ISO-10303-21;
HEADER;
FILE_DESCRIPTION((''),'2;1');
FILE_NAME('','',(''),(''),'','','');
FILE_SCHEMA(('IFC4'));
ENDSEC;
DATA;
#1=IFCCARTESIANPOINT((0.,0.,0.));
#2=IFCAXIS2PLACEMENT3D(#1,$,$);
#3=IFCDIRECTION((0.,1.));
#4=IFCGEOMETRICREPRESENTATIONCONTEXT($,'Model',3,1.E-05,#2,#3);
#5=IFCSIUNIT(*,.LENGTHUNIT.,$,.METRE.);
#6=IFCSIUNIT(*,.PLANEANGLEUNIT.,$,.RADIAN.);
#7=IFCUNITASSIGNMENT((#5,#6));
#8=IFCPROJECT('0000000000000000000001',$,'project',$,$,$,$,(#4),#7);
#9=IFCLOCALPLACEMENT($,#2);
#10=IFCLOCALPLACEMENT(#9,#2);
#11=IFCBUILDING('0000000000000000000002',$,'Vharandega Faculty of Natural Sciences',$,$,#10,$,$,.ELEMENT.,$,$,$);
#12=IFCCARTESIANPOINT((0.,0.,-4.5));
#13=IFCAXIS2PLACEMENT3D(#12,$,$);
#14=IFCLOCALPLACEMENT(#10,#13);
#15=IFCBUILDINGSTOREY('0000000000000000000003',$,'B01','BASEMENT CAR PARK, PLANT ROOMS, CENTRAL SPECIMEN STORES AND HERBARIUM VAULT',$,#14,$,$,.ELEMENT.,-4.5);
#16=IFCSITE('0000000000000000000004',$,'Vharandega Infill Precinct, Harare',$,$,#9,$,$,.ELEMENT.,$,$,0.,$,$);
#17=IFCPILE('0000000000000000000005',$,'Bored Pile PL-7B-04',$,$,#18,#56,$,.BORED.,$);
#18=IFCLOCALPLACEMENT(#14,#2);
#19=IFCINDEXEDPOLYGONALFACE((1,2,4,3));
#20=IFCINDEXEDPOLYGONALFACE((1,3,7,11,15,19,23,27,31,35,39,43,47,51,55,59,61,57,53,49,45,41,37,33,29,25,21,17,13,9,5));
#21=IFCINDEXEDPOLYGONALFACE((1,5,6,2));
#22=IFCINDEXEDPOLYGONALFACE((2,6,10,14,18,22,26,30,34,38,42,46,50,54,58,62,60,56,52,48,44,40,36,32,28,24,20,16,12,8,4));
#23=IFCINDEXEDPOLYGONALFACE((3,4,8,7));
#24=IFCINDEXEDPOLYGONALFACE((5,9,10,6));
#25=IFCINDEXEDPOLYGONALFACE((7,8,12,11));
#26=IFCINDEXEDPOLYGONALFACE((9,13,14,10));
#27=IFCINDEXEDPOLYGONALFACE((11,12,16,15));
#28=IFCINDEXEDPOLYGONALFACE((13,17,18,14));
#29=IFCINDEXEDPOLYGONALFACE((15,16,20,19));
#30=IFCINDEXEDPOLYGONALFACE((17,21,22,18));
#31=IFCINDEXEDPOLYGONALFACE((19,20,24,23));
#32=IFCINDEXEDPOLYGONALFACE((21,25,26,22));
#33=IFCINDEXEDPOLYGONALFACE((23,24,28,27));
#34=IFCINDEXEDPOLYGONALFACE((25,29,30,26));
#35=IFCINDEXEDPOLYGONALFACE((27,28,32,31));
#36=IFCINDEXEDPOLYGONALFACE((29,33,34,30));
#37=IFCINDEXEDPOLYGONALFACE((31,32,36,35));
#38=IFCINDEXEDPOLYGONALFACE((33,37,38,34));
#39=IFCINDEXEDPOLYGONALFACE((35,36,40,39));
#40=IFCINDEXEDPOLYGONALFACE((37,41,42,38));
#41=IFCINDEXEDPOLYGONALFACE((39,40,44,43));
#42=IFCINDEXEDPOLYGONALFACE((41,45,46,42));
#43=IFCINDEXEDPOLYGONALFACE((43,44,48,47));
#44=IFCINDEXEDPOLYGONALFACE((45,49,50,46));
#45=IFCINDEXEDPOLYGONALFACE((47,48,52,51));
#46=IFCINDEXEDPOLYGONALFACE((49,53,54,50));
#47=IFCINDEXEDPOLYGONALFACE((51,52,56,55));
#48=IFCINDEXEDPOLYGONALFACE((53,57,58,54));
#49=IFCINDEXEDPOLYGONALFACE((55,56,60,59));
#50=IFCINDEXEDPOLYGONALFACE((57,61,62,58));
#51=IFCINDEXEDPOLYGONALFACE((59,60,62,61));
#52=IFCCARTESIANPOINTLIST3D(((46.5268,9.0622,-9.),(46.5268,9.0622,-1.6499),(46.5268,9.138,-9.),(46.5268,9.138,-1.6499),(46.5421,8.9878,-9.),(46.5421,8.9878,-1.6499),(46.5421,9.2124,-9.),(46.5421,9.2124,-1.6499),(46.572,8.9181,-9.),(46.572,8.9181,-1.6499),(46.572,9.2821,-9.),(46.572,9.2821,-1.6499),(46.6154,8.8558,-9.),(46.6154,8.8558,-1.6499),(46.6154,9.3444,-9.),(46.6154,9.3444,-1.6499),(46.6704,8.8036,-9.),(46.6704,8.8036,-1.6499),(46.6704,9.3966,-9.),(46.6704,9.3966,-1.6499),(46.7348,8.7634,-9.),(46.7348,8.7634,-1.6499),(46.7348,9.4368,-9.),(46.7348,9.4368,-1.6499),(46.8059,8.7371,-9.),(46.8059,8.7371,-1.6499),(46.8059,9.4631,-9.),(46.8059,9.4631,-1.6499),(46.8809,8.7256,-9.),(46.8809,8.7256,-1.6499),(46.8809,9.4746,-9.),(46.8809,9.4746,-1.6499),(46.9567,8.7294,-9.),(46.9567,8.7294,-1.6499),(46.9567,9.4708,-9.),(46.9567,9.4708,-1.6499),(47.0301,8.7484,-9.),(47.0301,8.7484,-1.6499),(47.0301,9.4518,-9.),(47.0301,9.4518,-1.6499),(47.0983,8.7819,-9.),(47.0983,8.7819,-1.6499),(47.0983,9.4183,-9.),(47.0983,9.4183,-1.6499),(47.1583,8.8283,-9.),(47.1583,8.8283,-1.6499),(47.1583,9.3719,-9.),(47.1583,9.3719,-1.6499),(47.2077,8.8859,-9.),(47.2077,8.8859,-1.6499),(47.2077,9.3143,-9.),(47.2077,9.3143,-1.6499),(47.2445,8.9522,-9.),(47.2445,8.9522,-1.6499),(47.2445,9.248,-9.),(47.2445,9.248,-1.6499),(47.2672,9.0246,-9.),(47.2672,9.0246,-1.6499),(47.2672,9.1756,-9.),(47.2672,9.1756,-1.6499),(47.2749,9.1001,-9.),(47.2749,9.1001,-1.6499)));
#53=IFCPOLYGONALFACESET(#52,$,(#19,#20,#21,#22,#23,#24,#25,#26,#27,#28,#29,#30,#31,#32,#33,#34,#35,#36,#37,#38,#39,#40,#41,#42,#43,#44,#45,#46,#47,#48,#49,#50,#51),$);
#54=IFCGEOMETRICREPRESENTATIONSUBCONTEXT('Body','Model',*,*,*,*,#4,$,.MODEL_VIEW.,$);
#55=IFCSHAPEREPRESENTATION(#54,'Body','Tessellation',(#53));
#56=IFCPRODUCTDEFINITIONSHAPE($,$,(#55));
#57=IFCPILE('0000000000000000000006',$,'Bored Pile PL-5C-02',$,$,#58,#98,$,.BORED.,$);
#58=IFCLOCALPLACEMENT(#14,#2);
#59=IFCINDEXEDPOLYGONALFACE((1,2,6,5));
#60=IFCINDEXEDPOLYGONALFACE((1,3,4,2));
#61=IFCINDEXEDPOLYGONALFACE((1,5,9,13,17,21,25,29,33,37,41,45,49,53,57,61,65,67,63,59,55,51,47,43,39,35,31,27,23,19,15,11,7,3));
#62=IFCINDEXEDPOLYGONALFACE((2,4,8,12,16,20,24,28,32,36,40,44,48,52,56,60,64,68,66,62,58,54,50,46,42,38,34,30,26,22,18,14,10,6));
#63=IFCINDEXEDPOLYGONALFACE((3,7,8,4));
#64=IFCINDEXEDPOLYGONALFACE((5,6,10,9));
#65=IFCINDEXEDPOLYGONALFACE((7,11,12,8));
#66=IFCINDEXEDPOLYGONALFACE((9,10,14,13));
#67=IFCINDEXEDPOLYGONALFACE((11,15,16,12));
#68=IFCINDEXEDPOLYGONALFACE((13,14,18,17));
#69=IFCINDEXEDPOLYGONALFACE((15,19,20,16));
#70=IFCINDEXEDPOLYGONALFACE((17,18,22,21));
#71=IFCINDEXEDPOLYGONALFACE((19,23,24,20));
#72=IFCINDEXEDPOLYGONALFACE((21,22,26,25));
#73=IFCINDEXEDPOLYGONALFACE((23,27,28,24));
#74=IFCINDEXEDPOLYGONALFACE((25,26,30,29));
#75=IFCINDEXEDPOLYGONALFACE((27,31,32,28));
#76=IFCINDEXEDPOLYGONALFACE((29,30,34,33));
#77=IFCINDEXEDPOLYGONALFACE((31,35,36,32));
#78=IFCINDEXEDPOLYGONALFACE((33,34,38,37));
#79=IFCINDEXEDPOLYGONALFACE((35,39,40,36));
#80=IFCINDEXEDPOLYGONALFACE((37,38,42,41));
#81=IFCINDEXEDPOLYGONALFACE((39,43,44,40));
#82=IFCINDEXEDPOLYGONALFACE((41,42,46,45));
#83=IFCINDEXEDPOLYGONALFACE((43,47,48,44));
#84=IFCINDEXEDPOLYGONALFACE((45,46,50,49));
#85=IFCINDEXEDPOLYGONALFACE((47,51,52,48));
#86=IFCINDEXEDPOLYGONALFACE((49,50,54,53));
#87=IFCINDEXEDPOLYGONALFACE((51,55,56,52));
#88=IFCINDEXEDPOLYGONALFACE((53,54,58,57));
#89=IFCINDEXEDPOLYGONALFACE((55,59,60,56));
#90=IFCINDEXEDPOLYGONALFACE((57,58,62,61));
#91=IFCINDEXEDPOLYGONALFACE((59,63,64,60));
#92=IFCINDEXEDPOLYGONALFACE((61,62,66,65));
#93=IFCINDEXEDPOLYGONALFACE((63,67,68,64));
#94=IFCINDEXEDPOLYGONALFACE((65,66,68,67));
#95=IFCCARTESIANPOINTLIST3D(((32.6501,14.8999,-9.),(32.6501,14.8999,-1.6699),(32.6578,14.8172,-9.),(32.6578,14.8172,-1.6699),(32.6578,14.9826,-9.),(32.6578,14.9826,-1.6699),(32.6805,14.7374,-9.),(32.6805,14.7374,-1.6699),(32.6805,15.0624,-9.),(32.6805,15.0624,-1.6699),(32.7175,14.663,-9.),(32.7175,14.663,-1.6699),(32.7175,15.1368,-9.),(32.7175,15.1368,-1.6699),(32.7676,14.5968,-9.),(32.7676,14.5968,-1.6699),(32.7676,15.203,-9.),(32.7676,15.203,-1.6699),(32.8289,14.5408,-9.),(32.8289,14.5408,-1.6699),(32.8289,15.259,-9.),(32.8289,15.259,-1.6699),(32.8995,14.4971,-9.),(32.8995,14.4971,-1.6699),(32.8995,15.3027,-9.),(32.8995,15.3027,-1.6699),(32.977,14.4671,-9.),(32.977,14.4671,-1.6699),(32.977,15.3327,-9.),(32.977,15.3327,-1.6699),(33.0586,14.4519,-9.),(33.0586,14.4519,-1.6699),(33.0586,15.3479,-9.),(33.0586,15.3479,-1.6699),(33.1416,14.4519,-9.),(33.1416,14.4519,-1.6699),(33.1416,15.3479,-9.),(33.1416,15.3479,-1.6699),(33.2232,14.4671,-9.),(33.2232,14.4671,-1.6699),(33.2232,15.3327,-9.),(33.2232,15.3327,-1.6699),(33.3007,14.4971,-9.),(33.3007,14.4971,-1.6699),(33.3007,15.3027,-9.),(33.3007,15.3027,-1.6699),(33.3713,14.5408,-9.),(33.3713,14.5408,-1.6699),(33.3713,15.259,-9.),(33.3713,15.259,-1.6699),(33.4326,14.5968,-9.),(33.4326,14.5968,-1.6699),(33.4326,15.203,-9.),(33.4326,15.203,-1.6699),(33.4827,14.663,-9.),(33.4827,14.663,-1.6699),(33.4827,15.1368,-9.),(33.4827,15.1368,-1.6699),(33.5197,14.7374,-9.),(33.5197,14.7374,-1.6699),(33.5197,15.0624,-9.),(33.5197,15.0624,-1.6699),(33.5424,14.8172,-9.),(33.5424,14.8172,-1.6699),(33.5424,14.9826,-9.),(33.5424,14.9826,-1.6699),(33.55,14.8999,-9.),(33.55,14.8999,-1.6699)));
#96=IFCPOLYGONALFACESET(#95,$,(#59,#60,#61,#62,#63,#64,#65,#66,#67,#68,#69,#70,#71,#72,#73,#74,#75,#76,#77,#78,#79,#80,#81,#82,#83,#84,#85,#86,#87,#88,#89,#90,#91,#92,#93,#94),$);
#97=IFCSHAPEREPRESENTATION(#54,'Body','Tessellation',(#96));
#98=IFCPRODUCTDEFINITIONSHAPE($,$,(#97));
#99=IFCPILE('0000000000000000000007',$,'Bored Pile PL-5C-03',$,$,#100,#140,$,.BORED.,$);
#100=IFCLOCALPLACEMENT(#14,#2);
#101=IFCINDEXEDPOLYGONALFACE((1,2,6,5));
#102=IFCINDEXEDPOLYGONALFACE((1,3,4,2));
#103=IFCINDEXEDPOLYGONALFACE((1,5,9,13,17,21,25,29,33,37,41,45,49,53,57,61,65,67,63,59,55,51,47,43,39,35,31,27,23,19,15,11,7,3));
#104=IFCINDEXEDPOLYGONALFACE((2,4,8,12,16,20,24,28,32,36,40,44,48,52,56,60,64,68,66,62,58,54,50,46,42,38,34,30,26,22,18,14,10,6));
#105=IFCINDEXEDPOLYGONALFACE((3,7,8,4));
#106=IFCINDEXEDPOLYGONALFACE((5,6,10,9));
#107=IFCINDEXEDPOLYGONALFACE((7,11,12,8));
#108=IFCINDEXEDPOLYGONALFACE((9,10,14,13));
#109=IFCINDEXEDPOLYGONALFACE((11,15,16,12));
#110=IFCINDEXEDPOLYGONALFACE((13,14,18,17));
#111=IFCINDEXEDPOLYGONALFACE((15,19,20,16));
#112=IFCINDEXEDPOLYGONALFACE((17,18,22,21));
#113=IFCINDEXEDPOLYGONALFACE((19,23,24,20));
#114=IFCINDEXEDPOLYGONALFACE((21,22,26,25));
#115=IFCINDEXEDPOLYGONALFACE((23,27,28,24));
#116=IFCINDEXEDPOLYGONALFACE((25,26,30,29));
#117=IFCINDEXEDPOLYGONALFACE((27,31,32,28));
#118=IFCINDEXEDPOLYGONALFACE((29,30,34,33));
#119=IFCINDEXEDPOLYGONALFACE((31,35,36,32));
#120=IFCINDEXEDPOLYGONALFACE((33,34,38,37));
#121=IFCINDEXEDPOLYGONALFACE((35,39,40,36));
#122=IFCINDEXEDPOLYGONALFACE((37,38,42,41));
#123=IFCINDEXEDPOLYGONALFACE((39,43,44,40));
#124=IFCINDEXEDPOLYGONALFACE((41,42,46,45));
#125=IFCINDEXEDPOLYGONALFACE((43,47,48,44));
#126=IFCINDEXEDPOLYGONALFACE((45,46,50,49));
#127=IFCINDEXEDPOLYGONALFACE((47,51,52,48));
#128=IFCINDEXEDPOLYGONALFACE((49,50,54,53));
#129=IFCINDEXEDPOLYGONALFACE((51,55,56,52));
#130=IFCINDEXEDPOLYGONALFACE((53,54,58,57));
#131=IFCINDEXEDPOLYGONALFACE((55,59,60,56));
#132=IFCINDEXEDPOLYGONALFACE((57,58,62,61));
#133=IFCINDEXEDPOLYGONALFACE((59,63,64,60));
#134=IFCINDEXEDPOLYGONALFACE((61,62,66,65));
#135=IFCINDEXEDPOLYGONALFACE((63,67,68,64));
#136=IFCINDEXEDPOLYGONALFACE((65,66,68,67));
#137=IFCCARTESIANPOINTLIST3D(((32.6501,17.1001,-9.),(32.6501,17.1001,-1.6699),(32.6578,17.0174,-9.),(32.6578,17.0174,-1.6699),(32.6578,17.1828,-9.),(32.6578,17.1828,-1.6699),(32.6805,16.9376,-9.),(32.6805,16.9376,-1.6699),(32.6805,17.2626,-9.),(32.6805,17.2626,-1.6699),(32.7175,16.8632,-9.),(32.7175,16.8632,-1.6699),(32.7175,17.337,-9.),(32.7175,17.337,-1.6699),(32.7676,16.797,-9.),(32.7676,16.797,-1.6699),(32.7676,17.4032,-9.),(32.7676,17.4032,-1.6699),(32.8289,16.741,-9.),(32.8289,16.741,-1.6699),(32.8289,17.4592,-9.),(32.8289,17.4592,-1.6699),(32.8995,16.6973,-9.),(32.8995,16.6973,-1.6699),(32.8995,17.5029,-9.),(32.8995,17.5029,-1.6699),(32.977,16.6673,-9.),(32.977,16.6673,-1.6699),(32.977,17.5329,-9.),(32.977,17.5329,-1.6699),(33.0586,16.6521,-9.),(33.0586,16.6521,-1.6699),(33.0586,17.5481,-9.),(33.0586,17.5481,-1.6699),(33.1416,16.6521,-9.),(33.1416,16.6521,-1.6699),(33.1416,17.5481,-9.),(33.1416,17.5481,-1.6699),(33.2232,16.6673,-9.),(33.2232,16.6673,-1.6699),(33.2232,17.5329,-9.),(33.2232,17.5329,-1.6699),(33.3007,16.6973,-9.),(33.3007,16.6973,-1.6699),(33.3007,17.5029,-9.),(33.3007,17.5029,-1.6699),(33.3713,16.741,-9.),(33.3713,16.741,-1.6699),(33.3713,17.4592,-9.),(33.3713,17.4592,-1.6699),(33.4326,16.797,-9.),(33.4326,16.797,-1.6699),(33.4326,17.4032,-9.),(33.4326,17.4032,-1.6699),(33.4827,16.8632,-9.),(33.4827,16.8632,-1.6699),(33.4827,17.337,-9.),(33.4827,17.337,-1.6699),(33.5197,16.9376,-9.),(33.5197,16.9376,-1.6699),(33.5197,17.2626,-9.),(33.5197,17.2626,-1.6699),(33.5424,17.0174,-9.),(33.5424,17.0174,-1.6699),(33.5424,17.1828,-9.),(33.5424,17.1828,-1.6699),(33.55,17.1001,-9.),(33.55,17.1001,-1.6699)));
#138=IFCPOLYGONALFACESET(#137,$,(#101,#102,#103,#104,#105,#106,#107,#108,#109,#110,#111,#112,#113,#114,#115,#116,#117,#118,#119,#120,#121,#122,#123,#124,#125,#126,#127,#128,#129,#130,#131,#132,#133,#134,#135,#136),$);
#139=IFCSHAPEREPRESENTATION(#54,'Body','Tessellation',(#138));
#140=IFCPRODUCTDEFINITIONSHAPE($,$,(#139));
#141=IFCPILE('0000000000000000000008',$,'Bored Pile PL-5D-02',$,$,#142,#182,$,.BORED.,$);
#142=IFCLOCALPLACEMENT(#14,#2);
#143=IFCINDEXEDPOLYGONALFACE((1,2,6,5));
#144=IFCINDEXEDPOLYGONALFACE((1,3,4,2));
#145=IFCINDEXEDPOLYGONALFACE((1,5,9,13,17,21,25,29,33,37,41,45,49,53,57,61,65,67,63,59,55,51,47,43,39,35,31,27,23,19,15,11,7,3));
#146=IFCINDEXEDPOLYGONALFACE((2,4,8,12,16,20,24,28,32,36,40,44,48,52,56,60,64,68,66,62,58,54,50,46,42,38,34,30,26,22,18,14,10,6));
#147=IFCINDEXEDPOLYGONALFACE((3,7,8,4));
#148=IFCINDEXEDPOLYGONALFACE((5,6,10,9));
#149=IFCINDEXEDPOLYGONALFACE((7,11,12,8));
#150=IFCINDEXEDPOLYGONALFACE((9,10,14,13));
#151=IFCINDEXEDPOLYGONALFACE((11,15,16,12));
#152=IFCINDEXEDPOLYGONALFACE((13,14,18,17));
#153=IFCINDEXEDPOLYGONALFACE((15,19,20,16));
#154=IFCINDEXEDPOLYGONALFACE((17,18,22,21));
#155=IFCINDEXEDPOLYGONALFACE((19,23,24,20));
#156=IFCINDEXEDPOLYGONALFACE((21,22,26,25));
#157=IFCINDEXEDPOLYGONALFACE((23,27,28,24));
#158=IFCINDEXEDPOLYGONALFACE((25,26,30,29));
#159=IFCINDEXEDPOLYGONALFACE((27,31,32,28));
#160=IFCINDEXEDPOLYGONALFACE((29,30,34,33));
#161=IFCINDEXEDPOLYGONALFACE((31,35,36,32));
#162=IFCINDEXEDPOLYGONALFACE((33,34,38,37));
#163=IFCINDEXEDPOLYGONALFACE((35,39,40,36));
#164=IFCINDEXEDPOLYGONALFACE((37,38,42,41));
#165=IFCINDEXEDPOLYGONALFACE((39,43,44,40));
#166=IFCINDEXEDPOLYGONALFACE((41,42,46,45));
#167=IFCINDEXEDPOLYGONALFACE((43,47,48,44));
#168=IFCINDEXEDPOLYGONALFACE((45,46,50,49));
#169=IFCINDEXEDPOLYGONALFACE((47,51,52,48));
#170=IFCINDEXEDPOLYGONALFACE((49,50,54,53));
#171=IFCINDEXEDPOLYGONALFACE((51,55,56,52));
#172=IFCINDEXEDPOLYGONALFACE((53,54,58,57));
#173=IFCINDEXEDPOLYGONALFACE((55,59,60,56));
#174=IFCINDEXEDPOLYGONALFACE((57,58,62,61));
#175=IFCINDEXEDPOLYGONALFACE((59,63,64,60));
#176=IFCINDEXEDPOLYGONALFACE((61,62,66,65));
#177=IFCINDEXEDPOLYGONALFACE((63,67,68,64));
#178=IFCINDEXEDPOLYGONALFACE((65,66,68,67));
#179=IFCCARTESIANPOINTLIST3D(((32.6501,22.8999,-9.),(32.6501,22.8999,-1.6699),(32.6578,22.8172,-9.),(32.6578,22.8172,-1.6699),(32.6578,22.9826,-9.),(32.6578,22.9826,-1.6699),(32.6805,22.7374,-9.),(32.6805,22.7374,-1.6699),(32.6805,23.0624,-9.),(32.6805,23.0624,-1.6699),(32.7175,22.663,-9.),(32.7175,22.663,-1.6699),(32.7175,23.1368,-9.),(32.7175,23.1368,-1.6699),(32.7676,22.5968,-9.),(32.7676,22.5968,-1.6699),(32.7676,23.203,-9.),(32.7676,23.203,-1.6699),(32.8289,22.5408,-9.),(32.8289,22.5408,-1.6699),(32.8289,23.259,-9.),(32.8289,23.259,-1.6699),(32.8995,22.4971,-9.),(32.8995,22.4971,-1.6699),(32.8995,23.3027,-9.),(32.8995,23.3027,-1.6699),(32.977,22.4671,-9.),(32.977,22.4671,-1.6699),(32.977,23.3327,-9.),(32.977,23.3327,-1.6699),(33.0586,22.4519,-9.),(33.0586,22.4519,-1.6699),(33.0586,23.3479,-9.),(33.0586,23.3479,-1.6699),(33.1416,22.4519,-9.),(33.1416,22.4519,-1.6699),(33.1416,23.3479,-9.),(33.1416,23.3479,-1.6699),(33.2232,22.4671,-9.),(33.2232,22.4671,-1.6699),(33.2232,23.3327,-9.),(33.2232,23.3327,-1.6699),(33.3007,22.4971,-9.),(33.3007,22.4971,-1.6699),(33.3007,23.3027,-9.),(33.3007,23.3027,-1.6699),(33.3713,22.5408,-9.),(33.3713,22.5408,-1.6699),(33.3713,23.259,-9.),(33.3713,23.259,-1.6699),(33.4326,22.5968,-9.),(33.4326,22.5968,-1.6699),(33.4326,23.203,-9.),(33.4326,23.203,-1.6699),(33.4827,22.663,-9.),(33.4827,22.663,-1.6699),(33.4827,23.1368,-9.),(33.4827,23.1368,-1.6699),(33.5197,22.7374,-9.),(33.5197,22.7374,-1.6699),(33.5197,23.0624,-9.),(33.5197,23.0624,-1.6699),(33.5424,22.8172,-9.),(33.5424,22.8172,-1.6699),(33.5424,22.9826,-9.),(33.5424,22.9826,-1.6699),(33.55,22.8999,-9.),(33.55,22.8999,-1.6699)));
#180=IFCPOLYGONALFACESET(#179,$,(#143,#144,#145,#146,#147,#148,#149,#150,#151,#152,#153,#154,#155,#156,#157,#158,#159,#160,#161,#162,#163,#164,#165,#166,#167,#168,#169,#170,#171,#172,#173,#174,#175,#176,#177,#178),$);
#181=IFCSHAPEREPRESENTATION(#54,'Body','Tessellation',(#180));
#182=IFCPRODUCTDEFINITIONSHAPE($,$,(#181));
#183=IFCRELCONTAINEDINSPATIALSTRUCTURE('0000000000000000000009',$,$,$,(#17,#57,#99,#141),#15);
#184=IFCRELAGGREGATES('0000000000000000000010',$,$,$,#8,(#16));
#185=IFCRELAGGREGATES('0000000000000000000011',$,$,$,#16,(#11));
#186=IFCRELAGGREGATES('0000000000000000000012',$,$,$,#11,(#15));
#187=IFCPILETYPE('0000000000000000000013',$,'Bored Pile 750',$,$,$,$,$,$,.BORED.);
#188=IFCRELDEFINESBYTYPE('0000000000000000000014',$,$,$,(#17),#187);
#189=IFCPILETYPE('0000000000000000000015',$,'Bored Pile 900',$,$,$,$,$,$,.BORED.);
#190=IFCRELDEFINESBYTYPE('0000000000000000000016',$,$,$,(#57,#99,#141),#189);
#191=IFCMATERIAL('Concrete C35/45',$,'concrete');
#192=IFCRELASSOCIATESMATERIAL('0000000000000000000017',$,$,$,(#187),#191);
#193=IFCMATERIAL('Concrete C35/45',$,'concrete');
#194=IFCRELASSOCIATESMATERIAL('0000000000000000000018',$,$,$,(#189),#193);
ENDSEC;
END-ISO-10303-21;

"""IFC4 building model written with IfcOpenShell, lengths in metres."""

from ifc_helpers import new_model, si_unit, direction, frame, origin, origin_2d, place, context, subcontext, project, spatial, circle, extrude, material, material_profile, profile_set, type_object, element, save


model = new_model("IFC4")

# Units and contexts
model_context = context("Model", 3, precision=1e-05, world=origin(), true_north=direction((0.0, 1.0)))
body_context = subcontext(model_context, "Body", "Model", "MODEL_VIEW")
ifc_project = project(units=[si_unit("LENGTHUNIT", "METRE"), si_unit("PLANEANGLEUNIT", "RADIAN")], contexts=[model_context])

# Site, building, storey
site_placement = place(None, origin())
site = spatial("IfcSite", under=ifc_project, at=site_placement, Name="Vharandega Infill Precinct, Harare", CompositionType="ELEMENT", RefElevation=0.0)
building_placement = place(site_placement, origin())
building = spatial("IfcBuilding", under=site, at=building_placement, Name="Vharandega Faculty of Natural Sciences", CompositionType="ELEMENT")
storey_placement = place(building_placement, frame((0.0, 0.0, -4.5)))
storey = spatial("IfcBuildingStorey", under=building, at=storey_placement, Name="B01", Description="BASEMENT CAR PARK, PLANT ROOMS, CENTRAL SPECIMEN STORES AND HERBARIUM VAULT", CompositionType="ELEMENT", Elevation=-4.5)

# Piles
ifc_material_1 = material(Name="Concrete C35/45", Category="concrete")
ifc_material_profile_1 = material_profile(ifc_material_1, circle(Radius=0.375, at=origin_2d()), Name="PILE 750")
ifc_profile_set_1 = profile_set([ifc_material_profile_1], Name="Concrete C35/45")
pile_type_1 = type_object("IfcPileType", Name="Bored Pile 750", PredefinedType="BORED", material=ifc_profile_set_1)
pile_placement = place(storey_placement, frame((46.8999, 9.1001, -1.6499), z_axis=(0.0, 0.0, -1.0), x_axis=(1.0, 0.0, 0.0)))
element("IfcPile", 1, at=pile_placement, inside=storey, type_object=pile_type_1, Name="Bored Pile PL-7B-04", PredefinedType="BORED", context=body_context, shape_type="SweptSolid", body=[
    extrude(circle(Radius=0.375, at=origin_2d()), origin(), (0.0, 0.0, 1.0), 7.3501),
])
ifc_material_2 = material(Name="Concrete C35/45", Category="concrete")
ifc_material_profile_2 = material_profile(ifc_material_2, circle(Radius=0.45, at=origin_2d()), Name="PILE 900")
ifc_profile_set_2 = profile_set([ifc_material_profile_2], Name="Concrete C35/45")
pile_type_2 = type_object("IfcPileType", Name="Bored Pile 900", PredefinedType="BORED", material=ifc_profile_set_2)
for number, where, z_axis, x_axis, name in (
    (2, (33.1001, 14.8999, -1.6699), (0.0, 0.0, -1.0), (1.0, 0.0, 0.0), "Bored Pile PL-5C-02"),
    (3, (33.1001, 17.1001, -1.6699), (0.0, 0.0, -1.0), (1.0, 0.0, 0.0), "Bored Pile PL-5C-03"),
    (4, (33.1001, 22.8999, -1.6699), (0.0, 0.0, -1.0), (1.0, 0.0, 0.0), "Bored Pile PL-5D-02"),
):
    element("IfcPile", number, at=place(storey_placement, frame(where, z_axis=z_axis, x_axis=x_axis)), inside=storey, type_object=pile_type_2, Name=name, PredefinedType="BORED", context=body_context, shape_type="SweptSolid", body=[
        extrude(circle(Radius=0.45, at=origin_2d()), origin(), (0.0, 0.0, 1.0), 7.3301),
    ])

save(model, "model.ifc")
